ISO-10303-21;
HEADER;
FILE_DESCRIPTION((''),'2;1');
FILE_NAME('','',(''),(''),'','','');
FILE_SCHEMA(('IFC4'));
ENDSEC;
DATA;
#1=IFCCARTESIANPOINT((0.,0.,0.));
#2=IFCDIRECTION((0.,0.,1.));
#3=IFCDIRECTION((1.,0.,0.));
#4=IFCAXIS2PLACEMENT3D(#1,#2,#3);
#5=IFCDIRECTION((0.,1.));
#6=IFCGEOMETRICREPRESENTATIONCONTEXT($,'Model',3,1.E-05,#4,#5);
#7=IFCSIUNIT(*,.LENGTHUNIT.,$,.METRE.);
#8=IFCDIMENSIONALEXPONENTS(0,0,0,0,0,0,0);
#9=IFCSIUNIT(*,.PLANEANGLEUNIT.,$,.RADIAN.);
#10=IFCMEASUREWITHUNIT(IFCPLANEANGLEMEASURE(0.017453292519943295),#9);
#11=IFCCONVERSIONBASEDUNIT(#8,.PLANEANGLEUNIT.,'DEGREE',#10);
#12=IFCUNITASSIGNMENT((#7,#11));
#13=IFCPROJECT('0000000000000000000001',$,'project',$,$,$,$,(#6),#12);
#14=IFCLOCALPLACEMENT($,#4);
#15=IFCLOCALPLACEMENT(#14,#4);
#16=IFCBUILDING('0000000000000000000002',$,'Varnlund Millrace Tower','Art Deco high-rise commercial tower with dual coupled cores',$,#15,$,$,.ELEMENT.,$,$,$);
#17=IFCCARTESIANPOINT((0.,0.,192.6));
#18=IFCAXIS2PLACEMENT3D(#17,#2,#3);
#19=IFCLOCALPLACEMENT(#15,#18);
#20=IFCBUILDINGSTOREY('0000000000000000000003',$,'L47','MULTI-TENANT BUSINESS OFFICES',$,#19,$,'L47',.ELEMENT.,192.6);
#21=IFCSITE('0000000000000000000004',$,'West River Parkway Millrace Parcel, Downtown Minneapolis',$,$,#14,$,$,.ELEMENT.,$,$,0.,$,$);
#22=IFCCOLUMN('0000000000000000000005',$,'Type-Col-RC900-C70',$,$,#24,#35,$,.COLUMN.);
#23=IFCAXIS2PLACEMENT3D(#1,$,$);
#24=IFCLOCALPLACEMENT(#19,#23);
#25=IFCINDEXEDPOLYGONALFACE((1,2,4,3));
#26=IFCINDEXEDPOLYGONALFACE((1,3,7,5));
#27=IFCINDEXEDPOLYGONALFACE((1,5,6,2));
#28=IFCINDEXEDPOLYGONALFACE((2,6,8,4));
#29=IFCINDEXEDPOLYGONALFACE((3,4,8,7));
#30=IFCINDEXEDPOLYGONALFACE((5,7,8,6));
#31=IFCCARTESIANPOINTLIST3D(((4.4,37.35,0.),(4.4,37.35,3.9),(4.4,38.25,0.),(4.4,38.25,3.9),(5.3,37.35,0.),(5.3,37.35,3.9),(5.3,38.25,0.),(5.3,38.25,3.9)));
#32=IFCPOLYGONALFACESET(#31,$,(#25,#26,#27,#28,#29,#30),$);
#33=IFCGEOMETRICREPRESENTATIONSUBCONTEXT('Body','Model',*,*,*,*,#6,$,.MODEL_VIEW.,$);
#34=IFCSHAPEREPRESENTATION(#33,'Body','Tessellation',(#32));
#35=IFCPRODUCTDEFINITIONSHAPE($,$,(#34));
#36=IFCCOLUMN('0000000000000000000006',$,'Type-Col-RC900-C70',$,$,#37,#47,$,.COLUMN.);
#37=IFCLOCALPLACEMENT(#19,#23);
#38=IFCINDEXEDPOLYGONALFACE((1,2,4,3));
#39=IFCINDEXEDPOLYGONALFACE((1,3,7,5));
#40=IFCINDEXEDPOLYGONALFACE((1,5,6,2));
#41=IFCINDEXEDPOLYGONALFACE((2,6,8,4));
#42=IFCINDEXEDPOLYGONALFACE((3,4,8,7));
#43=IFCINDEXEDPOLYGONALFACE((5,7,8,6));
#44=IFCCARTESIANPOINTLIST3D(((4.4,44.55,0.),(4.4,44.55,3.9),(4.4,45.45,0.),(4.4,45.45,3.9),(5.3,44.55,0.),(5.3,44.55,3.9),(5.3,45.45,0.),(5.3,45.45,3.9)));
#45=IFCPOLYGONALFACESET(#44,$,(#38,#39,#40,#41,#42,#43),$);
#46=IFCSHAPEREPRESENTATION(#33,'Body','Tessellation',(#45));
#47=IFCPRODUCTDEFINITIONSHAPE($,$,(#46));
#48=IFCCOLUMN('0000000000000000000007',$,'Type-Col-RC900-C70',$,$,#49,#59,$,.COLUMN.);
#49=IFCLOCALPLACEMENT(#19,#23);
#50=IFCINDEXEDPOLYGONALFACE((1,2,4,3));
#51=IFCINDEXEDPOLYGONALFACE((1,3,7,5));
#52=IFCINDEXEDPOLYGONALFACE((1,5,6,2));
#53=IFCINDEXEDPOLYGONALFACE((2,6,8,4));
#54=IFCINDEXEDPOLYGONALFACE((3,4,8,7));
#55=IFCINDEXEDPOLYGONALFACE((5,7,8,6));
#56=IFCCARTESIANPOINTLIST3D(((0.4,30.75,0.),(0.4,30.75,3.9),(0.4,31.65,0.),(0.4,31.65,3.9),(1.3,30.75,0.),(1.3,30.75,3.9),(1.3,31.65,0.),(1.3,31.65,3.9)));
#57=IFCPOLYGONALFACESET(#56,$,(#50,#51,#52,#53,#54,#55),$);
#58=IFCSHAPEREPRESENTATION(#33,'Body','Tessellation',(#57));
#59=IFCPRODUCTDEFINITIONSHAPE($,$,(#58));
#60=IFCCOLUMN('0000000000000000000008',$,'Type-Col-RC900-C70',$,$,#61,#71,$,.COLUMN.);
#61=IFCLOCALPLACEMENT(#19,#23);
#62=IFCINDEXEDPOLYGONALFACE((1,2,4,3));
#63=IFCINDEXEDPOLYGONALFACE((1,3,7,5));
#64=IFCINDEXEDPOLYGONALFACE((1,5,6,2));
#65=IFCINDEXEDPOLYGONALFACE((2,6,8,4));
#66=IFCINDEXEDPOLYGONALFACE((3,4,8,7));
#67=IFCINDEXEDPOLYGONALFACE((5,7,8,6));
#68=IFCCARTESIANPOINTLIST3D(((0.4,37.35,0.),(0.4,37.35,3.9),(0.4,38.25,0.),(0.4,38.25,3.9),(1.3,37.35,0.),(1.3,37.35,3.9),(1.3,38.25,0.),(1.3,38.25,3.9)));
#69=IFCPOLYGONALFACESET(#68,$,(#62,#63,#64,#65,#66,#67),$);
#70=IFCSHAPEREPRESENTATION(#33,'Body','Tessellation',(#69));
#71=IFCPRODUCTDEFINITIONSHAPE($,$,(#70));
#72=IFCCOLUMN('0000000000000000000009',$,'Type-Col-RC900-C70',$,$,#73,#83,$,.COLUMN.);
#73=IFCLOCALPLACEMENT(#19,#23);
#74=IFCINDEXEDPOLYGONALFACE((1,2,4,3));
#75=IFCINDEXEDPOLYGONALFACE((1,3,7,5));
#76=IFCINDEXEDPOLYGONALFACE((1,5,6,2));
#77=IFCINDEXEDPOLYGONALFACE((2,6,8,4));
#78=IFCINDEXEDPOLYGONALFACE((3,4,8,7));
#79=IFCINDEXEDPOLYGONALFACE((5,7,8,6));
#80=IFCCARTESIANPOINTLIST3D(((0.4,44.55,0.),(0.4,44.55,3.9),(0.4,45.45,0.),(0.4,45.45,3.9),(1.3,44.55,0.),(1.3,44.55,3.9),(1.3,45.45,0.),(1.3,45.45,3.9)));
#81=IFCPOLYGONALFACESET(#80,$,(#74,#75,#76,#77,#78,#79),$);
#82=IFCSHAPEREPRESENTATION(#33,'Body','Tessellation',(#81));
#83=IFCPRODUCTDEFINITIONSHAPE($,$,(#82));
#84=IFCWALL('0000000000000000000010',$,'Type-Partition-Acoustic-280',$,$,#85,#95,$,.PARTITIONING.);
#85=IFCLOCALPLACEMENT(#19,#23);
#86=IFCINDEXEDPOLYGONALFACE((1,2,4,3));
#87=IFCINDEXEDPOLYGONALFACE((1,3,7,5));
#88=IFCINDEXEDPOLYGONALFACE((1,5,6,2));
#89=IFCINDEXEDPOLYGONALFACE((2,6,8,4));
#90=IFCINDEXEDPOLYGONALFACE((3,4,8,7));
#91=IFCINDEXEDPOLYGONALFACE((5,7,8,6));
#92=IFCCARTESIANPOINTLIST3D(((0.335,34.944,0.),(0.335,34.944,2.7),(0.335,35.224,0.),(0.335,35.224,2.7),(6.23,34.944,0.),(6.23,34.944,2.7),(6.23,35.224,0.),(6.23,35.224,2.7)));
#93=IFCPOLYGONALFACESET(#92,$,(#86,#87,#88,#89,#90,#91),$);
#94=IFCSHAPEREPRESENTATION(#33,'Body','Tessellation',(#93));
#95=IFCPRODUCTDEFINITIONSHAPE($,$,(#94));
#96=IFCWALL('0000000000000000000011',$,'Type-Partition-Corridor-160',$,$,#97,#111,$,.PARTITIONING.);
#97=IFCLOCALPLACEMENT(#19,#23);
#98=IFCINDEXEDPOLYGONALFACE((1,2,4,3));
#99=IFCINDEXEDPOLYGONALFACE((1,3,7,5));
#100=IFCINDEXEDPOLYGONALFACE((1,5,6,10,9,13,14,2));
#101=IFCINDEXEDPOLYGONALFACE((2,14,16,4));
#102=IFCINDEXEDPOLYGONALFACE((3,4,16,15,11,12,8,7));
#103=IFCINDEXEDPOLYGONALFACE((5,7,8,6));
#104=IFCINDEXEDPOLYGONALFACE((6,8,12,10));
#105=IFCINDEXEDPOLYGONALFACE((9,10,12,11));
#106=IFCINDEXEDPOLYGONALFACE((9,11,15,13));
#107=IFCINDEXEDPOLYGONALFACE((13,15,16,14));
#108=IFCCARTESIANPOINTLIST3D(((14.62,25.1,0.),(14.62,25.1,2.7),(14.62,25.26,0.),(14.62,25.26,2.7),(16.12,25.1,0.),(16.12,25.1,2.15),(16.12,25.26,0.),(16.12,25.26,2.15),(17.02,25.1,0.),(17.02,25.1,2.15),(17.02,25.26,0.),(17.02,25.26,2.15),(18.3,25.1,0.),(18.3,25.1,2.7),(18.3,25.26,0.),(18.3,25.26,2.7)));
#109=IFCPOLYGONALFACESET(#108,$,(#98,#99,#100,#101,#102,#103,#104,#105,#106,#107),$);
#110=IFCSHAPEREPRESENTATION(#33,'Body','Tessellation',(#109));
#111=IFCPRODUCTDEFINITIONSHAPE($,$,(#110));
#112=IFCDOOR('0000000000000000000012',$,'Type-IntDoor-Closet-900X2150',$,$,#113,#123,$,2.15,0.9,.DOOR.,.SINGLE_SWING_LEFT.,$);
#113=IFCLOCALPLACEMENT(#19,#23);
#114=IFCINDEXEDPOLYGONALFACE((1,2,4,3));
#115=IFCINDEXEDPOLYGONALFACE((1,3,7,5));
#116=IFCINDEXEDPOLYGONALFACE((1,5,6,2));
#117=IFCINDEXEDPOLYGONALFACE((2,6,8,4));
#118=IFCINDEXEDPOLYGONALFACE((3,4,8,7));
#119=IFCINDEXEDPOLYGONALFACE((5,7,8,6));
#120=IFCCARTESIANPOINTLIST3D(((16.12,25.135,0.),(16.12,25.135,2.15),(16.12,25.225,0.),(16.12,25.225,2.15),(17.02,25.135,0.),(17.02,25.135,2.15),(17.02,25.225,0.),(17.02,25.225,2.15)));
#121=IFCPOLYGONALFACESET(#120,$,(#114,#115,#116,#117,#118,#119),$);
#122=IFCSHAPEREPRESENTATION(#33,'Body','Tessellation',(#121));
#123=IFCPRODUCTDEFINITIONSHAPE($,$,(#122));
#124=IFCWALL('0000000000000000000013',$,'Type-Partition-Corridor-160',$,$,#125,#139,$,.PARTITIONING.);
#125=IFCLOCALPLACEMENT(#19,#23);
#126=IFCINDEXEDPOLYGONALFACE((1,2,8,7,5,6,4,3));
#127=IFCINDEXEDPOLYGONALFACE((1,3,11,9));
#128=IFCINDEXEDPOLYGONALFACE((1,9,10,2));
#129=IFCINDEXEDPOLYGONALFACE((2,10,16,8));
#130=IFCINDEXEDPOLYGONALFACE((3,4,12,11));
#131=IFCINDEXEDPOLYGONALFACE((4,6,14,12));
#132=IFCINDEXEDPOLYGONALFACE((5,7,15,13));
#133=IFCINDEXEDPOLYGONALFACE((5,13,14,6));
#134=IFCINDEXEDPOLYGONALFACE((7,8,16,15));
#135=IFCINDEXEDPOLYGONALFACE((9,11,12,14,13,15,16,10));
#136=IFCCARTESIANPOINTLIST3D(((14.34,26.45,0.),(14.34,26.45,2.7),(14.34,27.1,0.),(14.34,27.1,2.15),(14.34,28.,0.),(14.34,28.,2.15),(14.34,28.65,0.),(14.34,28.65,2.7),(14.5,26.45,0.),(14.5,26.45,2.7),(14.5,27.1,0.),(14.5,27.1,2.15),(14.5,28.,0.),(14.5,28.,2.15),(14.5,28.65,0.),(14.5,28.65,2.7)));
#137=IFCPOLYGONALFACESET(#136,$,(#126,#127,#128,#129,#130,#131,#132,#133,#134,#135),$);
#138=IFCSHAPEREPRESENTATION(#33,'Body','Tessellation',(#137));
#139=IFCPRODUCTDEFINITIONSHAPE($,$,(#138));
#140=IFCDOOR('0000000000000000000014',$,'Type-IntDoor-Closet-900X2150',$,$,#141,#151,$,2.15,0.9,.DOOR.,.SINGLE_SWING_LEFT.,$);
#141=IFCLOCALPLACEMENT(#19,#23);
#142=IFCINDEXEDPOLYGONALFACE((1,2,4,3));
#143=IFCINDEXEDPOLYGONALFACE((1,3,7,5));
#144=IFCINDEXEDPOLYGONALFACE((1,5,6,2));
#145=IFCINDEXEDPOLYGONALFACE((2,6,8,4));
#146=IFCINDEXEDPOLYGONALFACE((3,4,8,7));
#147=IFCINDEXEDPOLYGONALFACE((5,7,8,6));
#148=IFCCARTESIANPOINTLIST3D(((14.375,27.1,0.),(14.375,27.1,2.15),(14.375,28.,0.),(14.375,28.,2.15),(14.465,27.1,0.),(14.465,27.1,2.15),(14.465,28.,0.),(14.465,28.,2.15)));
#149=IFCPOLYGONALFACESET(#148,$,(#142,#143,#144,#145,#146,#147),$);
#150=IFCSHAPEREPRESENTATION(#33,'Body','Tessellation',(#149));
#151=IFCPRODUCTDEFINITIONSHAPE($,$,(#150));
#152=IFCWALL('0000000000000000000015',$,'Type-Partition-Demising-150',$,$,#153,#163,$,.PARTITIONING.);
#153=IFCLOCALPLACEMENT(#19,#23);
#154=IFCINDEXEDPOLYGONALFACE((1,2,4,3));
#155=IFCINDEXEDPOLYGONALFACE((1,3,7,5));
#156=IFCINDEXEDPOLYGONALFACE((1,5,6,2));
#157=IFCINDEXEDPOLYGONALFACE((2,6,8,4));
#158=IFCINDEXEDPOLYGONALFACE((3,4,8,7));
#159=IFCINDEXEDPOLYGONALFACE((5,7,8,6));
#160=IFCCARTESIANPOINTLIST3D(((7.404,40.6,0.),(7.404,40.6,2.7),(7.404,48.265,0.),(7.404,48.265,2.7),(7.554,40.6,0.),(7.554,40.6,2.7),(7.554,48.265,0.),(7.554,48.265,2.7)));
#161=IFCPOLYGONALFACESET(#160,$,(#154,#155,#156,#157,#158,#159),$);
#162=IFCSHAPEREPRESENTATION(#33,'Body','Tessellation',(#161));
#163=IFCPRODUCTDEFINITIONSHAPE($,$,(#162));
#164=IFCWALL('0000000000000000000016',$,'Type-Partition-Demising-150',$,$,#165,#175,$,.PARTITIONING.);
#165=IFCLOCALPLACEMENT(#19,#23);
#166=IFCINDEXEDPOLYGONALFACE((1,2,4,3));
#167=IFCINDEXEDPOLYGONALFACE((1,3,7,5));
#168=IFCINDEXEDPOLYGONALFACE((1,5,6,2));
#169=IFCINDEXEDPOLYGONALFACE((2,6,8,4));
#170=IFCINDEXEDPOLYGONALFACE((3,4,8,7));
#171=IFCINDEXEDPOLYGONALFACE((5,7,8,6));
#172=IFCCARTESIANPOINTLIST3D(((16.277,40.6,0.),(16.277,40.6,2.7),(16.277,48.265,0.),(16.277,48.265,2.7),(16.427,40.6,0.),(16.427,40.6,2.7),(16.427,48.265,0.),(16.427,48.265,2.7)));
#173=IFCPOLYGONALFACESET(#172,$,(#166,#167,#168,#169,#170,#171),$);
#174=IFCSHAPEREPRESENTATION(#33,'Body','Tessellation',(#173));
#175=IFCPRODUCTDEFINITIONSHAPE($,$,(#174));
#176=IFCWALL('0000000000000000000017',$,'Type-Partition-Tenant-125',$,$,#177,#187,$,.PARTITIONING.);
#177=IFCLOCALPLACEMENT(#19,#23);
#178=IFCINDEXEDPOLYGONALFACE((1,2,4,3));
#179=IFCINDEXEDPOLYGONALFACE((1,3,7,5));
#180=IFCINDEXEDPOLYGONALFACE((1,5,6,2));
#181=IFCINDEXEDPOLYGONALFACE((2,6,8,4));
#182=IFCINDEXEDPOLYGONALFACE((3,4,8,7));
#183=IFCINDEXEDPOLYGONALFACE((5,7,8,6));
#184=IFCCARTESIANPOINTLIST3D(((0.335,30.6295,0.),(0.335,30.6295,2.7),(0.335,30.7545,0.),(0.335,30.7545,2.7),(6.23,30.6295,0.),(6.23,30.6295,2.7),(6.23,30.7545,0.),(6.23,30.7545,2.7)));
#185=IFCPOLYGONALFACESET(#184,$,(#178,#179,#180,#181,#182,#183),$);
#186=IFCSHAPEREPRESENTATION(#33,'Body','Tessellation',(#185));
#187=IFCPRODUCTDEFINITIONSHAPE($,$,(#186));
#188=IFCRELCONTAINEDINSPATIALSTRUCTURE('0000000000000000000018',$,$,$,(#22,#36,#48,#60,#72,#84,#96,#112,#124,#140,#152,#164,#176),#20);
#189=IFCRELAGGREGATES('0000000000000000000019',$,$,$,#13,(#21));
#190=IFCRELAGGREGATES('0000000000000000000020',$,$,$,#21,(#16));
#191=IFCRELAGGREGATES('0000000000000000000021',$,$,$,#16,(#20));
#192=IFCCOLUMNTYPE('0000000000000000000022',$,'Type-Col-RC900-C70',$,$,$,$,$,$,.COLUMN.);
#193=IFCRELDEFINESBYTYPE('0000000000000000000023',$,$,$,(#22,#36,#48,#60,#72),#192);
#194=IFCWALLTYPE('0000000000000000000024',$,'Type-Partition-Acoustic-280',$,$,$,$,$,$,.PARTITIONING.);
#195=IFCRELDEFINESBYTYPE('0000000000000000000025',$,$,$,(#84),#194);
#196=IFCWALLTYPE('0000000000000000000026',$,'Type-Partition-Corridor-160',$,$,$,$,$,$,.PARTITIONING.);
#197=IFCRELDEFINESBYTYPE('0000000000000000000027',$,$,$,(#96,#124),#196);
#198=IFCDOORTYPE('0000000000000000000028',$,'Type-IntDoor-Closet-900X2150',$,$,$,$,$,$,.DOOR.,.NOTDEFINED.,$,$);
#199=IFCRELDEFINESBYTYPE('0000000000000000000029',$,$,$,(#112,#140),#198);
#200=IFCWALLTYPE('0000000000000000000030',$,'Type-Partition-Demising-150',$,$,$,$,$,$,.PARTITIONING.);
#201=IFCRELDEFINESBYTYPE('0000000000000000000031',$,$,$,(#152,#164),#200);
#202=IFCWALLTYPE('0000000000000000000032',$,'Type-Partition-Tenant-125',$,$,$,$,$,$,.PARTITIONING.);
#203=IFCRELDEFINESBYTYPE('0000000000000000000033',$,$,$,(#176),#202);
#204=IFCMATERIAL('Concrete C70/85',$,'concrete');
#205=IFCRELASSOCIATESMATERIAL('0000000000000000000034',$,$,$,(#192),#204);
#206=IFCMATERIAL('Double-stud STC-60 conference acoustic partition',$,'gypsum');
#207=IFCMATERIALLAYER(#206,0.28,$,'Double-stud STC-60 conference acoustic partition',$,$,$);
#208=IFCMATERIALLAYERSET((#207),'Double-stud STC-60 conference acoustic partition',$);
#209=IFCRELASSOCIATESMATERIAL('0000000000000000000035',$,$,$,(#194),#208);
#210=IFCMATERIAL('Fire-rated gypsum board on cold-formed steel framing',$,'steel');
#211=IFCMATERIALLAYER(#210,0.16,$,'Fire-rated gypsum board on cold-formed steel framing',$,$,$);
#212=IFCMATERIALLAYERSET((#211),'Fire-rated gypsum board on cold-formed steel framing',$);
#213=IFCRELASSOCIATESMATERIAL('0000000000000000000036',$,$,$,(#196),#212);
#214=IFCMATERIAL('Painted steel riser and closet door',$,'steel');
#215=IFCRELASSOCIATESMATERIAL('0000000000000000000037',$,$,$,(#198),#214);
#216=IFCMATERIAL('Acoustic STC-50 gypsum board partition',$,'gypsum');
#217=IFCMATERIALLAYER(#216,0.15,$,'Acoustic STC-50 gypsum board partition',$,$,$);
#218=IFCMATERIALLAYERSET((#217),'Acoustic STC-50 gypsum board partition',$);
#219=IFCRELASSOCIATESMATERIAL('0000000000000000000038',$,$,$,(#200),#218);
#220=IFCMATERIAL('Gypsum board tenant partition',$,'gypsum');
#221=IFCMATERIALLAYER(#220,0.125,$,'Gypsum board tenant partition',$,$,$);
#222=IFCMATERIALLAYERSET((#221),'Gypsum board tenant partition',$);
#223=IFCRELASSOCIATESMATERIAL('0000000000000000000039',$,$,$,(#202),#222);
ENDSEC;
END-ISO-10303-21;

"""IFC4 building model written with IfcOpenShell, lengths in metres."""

from ifc_helpers import new_model, entity, si_unit, converted_unit, direction, frame, origin_with_axes, origin_2d_with_axis, place, context, subcontext, project, spatial, polyline, rectangle, outline, extrude, material, layer, layer_set, material_profile, profile_set, type_object, element, fill, save


model = new_model("IFC4")

# Units and contexts
model_context = context("Model", 3, precision=1e-05, world=origin_with_axes(), true_north=direction((0.0, 1.0)))
body_context = subcontext(model_context, "Body", "Model", "MODEL_VIEW")
ifc_project = project(units=[si_unit("LENGTHUNIT", "METRE"), converted_unit("PLANEANGLEUNIT", "DEGREE", entity("IfcPlaneAngleMeasure", 0.017453292519943295), si_unit("PLANEANGLEUNIT", "RADIAN"), dimensions=[0, 0, 0, 0, 0, 0, 0])], contexts=[model_context])

# Site, building, storey
site_placement = place(None, origin_with_axes())
site = spatial("IfcSite", under=ifc_project, at=site_placement, Name="West River Parkway Millrace Parcel, Downtown Minneapolis", CompositionType="ELEMENT", RefElevation=0.0)
building_placement = place(site_placement, origin_with_axes())
building = spatial("IfcBuilding", under=site, at=building_placement, Name="Varnlund Millrace Tower", Description="Art Deco high-rise commercial tower with dual coupled cores", CompositionType="ELEMENT")
storey_placement = place(building_placement, frame((0.0, 0.0, 192.6), z_axis=(0.0, 0.0, 1.0), x_axis=(1.0, 0.0, 0.0)))
storey = spatial("IfcBuildingStorey", under=building, at=storey_placement, Name="L47", Description="MULTI-TENANT BUSINESS OFFICES", LongName="L47", CompositionType="ELEMENT", Elevation=192.6)

# Columns
ifc_material_1 = material(Name="Concrete C70/85", Category="concrete")
ifc_material_profile = material_profile(ifc_material_1, rectangle(XDim=0.9, YDim=0.9, at=origin_2d_with_axis()), Name="Concrete C70/85")
ifc_profile_set = profile_set([ifc_material_profile], Name="Concrete C70/85")
column_type = type_object("IfcColumnType", Name="Type-Col-RC900-C70", PredefinedType="COLUMN", material=ifc_profile_set)
for number, where, z_axis, x_axis, name in (
    (1, (4.85, 37.8, 0.0), (0.0, 0.0, 1.0), (1.0, 0.0, 0.0), "Type-Col-RC900-C70"),
    (2, (4.85, 45.0, 0.0), (0.0, 0.0, 1.0), (1.0, 0.0, 0.0), "Type-Col-RC900-C70"),
    (3, (0.85, 31.2, 0.0), (0.0, 0.0, 1.0), (1.0, 0.0, 0.0), "Type-Col-RC900-C70"),
    (4, (0.85, 37.8, 0.0), (0.0, 0.0, 1.0), (1.0, 0.0, 0.0), "Type-Col-RC900-C70"),
    (5, (0.85, 45.0, 0.0), (0.0, 0.0, 1.0), (1.0, 0.0, 0.0), "Type-Col-RC900-C70"),
):
    element("IfcColumn", number, at=place(storey_placement, frame(where, z_axis=z_axis, x_axis=x_axis)), inside=storey, type_object=column_type, Name=name, PredefinedType="COLUMN", context=body_context, shape_type="SweptSolid", body=[
        extrude(rectangle(XDim=0.9, YDim=0.9, at=origin_2d_with_axis()), origin_with_axes(), (0.0, 0.0, 1.0), 3.9),
    ])

# Wall
ifc_material_2 = material(Name="Double-stud STC-60 conference acoustic partition", Category="gypsum")
ifc_layer_1 = layer(ifc_material_2, 0.28, Name="Double-stud STC-60 conference acoustic partition")
ifc_layer_set_1 = layer_set([ifc_layer_1], Name="Double-stud STC-60 conference acoustic partition")
wall_type_1 = type_object("IfcWallType", Name="Type-Partition-Acoustic-280", PredefinedType="PARTITIONING", material=ifc_layer_set_1)
wall_1_placement = place(storey_placement, frame((0.335, 35.084, 0.0), z_axis=(0.0, 0.0, 1.0), x_axis=(1.0, 0.0, 0.0)))
element("IfcWall", 6, at=wall_1_placement, inside=storey, type_object=wall_type_1, Name="Type-Partition-Acoustic-280", PredefinedType="PARTITIONING", context=body_context, shape_type="SweptSolid", body=[
    extrude(outline(polyline([(0.0, -0.14), (5.895, -0.14), (5.895, 0.14), (0.0, 0.14), (0.0, -0.14)])), origin_with_axes(), (0.0, 0.0, 1.0), 2.7),
])

# Walls, openings, doors
ifc_material_3 = material(Name="Fire-rated gypsum board on cold-formed steel framing", Category="steel")
ifc_layer_2 = layer(ifc_material_3, 0.16, Name="Fire-rated gypsum board on cold-formed steel framing")
ifc_layer_set_2 = layer_set([ifc_layer_2], Name="Fire-rated gypsum board on cold-formed steel framing")
wall_type_2 = type_object("IfcWallType", Name="Type-Partition-Corridor-160", PredefinedType="PARTITIONING", material=ifc_layer_set_2)
wall_2_placement = place(storey_placement, frame((14.62, 25.18, 0.0), z_axis=(0.0, 0.0, 1.0), x_axis=(1.0, 0.0, 0.0)))
wall_2 = element("IfcWall", 7, at=wall_2_placement, inside=storey, type_object=wall_type_2, Name="Type-Partition-Corridor-160", PredefinedType="PARTITIONING", context=body_context, shape_type="SweptSolid", body=[
    extrude(outline(polyline([(0.0, -0.08), (3.68, -0.08), (3.68, 0.08), (0.0, 0.08), (0.0, -0.08)])), origin_with_axes(), (0.0, 0.0, 1.0), 2.7),
])
opening_1_placement = place(wall_2_placement, frame((1.95, 0.0, 0.0), z_axis=(0.0, 0.0, 1.0), x_axis=(1.0, 0.0, 0.0)))
opening_1 = element("IfcOpeningElement", 8, at=opening_1_placement, cuts=wall_2, PredefinedType="OPENING", context=body_context, shape_type="SweptSolid", body=[
    extrude(rectangle(XDim=0.9, YDim=0.18, at=origin_2d_with_axis()), origin_with_axes(), (0.0, 0.0, 1.0), 2.15),
])
ifc_material_4 = material(Name="Painted steel riser and closet door", Category="steel")
door_type_1 = type_object("IfcDoorType", Name="Type-IntDoor-Closet-900X2150", OperationType="NOTDEFINED", PredefinedType="DOOR", material=ifc_material_4)
door_1_placement = place(wall_2_placement, frame((1.95, 0.0, 0.0), z_axis=(0.0, 0.0, 1.0), x_axis=(1.0, 0.0, 0.0)))
door_1 = element("IfcDoor", 9, at=door_1_placement, inside=storey, type_object=door_type_1, Name="Type-IntDoor-Closet-900X2150", OperationType="SINGLE_SWING_LEFT", OverallHeight=2.15, OverallWidth=0.9, PredefinedType="DOOR", context=body_context, shape_type="SweptSolid", body=[
    extrude(rectangle(XDim=0.9, YDim=0.09, at=origin_2d_with_axis()), origin_with_axes(), (0.0, 0.0, 1.0), 2.15),
])
fill(opening_1, door_1)
wall_3_placement = place(storey_placement, frame((14.42, 26.45, 0.0), z_axis=(0.0, 0.0, 1.0), x_axis=(0.0, 1.0, 0.0)))
wall_3 = element("IfcWall", 10, at=wall_3_placement, inside=storey, type_object=wall_type_2, Name="Type-Partition-Corridor-160", PredefinedType="PARTITIONING", context=body_context, shape_type="SweptSolid", body=[
    extrude(outline(polyline([(0.0, -0.08), (2.2, -0.08), (2.2, 0.08), (0.0, 0.08), (0.0, -0.08)])), origin_with_axes(), (0.0, 0.0, 1.0), 2.7),
])
opening_2_placement = place(wall_3_placement, frame((1.1, 0.0, 0.0), z_axis=(0.0, 0.0, 1.0), x_axis=(1.0, 0.0, 0.0)))
opening_2 = element("IfcOpeningElement", 11, at=opening_2_placement, cuts=wall_3, PredefinedType="OPENING", context=body_context, shape_type="SweptSolid", body=[
    extrude(rectangle(XDim=0.9, YDim=0.18, at=origin_2d_with_axis()), origin_with_axes(), (0.0, 0.0, 1.0), 2.15),
])
door_2_placement = place(wall_3_placement, frame((1.1, 0.0, 0.0), z_axis=(0.0, 0.0, 1.0), x_axis=(1.0, 0.0, 0.0)))
door_2 = element("IfcDoor", 12, at=door_2_placement, inside=storey, type_object=door_type_1, Name="Type-IntDoor-Closet-900X2150", OperationType="SINGLE_SWING_LEFT", OverallHeight=2.15, OverallWidth=0.9, PredefinedType="DOOR", context=body_context, shape_type="SweptSolid", body=[
    extrude(rectangle(XDim=0.9, YDim=0.09, at=origin_2d_with_axis()), origin_with_axes(), (0.0, 0.0, 1.0), 2.15),
])
fill(opening_2, door_2)

# Walls
ifc_material_5 = material(Name="Acoustic STC-50 gypsum board partition", Category="gypsum")
ifc_layer_3 = layer(ifc_material_5, 0.15, Name="Acoustic STC-50 gypsum board partition")
ifc_layer_set_3 = layer_set([ifc_layer_3], Name="Acoustic STC-50 gypsum board partition")
wall_type_3 = type_object("IfcWallType", Name="Type-Partition-Demising-150", PredefinedType="PARTITIONING", material=ifc_layer_set_3)
for number, where, z_axis, x_axis, name in (
    (13, (7.479, 40.6, 0.0), (0.0, 0.0, 1.0), (0.0, 1.0, 0.0), "Type-Partition-Demising-150"),
    (14, (16.352, 40.6, 0.0), (0.0, 0.0, 1.0), (0.0, 1.0, 0.0), "Type-Partition-Demising-150"),
):
    element("IfcWall", number, at=place(storey_placement, frame(where, z_axis=z_axis, x_axis=x_axis)), inside=storey, type_object=wall_type_3, Name=name, PredefinedType="PARTITIONING", context=body_context, shape_type="SweptSolid", body=[
        extrude(outline(polyline([(0.0, -0.075), (7.665, -0.075), (7.665, 0.075), (0.0, 0.075), (0.0, -0.075)])), origin_with_axes(), (0.0, 0.0, 1.0), 2.7),
    ])
ifc_material_6 = material(Name="Gypsum board tenant partition", Category="gypsum")
ifc_layer_4 = layer(ifc_material_6, 0.125, Name="Gypsum board tenant partition")
ifc_layer_set_4 = layer_set([ifc_layer_4], Name="Gypsum board tenant partition")
wall_type_4 = type_object("IfcWallType", Name="Type-Partition-Tenant-125", PredefinedType="PARTITIONING", material=ifc_layer_set_4)
wall_4_placement = place(storey_placement, frame((0.335, 30.692, 0.0), z_axis=(0.0, 0.0, 1.0), x_axis=(1.0, 0.0, 0.0)))
element("IfcWall", 15, at=wall_4_placement, inside=storey, type_object=wall_type_4, Name="Type-Partition-Tenant-125", PredefinedType="PARTITIONING", context=body_context, shape_type="SweptSolid", body=[
    extrude(outline(polyline([(0.0, -0.0625), (5.895, -0.0625), (5.895, 0.0625), (0.0, 0.0625), (0.0, -0.0625)])), origin_with_axes(), (0.0, 0.0, 1.0), 2.7),
])

save(model, "model.ifc")
